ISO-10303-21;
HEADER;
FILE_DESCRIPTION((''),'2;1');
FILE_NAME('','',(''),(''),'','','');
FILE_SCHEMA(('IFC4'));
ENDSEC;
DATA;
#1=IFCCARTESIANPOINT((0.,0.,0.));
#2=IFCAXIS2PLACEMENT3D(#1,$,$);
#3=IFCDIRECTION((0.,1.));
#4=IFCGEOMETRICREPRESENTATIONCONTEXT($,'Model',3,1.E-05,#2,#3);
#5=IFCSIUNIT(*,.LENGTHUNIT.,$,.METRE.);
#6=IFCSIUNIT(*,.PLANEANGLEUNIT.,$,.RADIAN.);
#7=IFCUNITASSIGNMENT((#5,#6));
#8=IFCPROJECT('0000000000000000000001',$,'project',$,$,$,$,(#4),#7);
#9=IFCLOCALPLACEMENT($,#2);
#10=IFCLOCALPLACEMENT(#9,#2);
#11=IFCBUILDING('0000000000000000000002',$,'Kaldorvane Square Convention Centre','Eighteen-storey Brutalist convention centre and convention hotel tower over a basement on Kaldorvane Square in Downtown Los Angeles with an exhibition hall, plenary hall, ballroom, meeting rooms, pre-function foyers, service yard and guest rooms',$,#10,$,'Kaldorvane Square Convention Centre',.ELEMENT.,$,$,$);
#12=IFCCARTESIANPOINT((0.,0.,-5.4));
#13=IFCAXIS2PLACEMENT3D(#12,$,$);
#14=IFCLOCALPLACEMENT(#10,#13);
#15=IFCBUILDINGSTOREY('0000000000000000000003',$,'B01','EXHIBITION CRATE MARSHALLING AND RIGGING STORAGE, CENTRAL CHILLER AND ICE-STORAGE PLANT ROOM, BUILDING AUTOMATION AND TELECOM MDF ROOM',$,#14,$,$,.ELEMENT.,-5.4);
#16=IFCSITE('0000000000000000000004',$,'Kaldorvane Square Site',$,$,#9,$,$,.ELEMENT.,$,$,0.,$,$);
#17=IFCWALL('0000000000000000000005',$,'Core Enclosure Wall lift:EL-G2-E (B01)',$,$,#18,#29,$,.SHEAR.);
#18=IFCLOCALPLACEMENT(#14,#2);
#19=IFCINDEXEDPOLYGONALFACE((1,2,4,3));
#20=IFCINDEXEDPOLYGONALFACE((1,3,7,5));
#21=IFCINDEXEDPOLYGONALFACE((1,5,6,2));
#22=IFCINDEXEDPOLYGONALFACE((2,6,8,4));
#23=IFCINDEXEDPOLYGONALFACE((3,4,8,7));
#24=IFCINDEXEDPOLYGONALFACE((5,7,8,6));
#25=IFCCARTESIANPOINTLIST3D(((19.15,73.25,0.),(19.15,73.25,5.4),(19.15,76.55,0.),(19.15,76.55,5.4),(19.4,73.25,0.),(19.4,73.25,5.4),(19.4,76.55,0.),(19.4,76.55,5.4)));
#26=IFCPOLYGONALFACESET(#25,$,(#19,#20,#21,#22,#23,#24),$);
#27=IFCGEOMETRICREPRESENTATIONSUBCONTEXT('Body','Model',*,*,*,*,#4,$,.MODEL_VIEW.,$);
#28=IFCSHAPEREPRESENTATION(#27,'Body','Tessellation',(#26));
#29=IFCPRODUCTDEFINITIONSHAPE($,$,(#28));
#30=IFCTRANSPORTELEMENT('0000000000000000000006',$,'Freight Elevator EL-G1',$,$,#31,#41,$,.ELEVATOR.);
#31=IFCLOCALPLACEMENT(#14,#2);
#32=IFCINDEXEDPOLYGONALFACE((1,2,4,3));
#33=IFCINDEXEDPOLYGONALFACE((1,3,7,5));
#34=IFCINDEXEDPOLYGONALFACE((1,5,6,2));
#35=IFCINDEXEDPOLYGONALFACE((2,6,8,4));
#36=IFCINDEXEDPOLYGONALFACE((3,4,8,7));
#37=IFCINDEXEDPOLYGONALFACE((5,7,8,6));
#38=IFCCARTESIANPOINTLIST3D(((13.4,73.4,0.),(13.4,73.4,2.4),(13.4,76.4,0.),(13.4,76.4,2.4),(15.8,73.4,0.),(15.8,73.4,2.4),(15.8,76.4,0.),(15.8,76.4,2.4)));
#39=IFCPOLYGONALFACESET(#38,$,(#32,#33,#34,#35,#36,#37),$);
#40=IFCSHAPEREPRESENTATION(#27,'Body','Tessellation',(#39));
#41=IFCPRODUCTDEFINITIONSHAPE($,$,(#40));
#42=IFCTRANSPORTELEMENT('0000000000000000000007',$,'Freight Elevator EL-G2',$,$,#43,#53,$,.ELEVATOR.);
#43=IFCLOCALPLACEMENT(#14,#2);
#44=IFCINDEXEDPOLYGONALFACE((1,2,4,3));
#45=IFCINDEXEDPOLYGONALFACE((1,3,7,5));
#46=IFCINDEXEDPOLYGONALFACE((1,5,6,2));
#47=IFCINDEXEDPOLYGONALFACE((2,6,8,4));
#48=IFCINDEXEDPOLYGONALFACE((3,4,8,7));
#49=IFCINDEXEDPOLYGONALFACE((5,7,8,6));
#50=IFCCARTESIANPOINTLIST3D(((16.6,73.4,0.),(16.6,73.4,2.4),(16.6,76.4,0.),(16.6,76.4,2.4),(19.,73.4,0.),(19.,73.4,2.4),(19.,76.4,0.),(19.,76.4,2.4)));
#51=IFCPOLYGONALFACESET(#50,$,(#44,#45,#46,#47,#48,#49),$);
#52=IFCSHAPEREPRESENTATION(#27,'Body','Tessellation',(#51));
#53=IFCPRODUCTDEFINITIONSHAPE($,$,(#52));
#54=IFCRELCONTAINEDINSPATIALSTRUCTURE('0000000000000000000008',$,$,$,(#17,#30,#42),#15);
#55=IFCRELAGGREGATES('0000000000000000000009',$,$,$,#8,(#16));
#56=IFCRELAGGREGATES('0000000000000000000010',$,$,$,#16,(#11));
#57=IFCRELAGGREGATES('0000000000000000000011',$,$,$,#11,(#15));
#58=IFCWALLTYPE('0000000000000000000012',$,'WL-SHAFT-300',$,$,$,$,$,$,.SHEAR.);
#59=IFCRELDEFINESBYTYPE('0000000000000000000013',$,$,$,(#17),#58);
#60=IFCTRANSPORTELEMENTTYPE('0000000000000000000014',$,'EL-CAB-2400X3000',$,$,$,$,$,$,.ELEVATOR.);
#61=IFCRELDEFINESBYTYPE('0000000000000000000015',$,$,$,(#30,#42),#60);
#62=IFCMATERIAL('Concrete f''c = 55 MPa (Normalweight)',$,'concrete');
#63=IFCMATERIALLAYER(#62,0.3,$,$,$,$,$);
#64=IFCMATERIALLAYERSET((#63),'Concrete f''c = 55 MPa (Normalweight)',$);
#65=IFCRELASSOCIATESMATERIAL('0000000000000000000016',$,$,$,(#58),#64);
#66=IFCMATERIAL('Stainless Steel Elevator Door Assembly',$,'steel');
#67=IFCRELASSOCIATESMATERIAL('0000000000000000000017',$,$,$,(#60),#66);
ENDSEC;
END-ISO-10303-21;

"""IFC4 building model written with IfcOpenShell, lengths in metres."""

from ifc_helpers import new_model, si_unit, direction, frame, frame_2d, origin, origin_2d, place, context, subcontext, project, spatial, rectangle, extrude, material, layer, layer_set, type_object, element, save


model = new_model("IFC4")

# Units and contexts
model_context = context("Model", 3, precision=1e-05, world=origin(), true_north=direction((0.0, 1.0)))
body_context = subcontext(model_context, "Body", "Model", "MODEL_VIEW")
ifc_project = project(units=[si_unit("LENGTHUNIT", "METRE"), si_unit("PLANEANGLEUNIT", "RADIAN")], contexts=[model_context])

# Site, building, storey
site_placement = place(None, origin())
site = spatial("IfcSite", under=ifc_project, at=site_placement, Name="Kaldorvane Square Site", CompositionType="ELEMENT", RefElevation=0.0)
building_placement = place(site_placement, origin())
building = spatial("IfcBuilding", under=site, at=building_placement, Name="Kaldorvane Square Convention Centre", Description="Eighteen-storey Brutalist convention centre and convention hotel tower over a basement on Kaldorvane Square in Downtown Los Angeles with an exhibition hall, plenary hall, ballroom, meeting rooms, pre-function foyers, service yard and guest rooms", LongName="Kaldorvane Square Convention Centre", CompositionType="ELEMENT")
storey_placement = place(building_placement, frame((0.0, 0.0, -5.4)))
storey = spatial("IfcBuildingStorey", under=building, at=storey_placement, Name="B01", Description="EXHIBITION CRATE MARSHALLING AND RIGGING STORAGE, CENTRAL CHILLER AND ICE-STORAGE PLANT ROOM, BUILDING AUTOMATION AND TELECOM MDF ROOM", CompositionType="ELEMENT", Elevation=-5.4)

# Shared definitions
ifc_material_1 = material(Name="Concrete f'c = 55 MPa (Normalweight)", Category="concrete")
ifc_layer = layer(ifc_material_1, 0.3)
ifc_layer_set = layer_set([ifc_layer], Name="Concrete f'c = 55 MPa (Normalweight)")
wall_type = type_object("IfcWallType", Name="WL-SHAFT-300", PredefinedType="SHEAR", material=ifc_layer_set)

# Shared definitions
ifc_material_2 = material(Name="Stainless Steel Elevator Door Assembly", Category="steel")

# Wall
wall_1_placement = place(storey_placement, frame((19.275, 73.25, 0.0), z_axis=(0.0, 0.0, 1.0), x_axis=(0.0, 1.0, 0.0)))
element("IfcWall", 1, at=wall_1_placement, inside=storey, type_object=wall_type, Name="Core Enclosure Wall lift:EL-G2-E (B01)", PredefinedType="SHEAR", context=body_context, shape_type="SweptSolid", body=[
    extrude(rectangle(XDim=3.3, YDim=0.25, at=frame_2d((1.65, 0.0))), origin(), (0.0, 0.0, 1.0), 5.4),
])

# Transport elements
transport_element_type = type_object("IfcTransportElementType", Name="EL-CAB-2400X3000", PredefinedType="ELEVATOR", material=ifc_material_2)
for number, where, name in (
    (2, (14.6, 74.9, 0.0), "Freight Elevator EL-G1"),
    (3, (17.8, 74.9, 0.0), "Freight Elevator EL-G2"),
):
    element("IfcTransportElement", number, at=place(storey_placement, frame(where)), inside=storey, type_object=transport_element_type, Name=name, PredefinedType="ELEVATOR", context=body_context, shape_type="SweptSolid", body=[
        extrude(rectangle(XDim=2.4, YDim=3.0, at=origin_2d()), origin(), (0.0, 0.0, 1.0), 2.4),
    ])

save(model, "model.ifc")
